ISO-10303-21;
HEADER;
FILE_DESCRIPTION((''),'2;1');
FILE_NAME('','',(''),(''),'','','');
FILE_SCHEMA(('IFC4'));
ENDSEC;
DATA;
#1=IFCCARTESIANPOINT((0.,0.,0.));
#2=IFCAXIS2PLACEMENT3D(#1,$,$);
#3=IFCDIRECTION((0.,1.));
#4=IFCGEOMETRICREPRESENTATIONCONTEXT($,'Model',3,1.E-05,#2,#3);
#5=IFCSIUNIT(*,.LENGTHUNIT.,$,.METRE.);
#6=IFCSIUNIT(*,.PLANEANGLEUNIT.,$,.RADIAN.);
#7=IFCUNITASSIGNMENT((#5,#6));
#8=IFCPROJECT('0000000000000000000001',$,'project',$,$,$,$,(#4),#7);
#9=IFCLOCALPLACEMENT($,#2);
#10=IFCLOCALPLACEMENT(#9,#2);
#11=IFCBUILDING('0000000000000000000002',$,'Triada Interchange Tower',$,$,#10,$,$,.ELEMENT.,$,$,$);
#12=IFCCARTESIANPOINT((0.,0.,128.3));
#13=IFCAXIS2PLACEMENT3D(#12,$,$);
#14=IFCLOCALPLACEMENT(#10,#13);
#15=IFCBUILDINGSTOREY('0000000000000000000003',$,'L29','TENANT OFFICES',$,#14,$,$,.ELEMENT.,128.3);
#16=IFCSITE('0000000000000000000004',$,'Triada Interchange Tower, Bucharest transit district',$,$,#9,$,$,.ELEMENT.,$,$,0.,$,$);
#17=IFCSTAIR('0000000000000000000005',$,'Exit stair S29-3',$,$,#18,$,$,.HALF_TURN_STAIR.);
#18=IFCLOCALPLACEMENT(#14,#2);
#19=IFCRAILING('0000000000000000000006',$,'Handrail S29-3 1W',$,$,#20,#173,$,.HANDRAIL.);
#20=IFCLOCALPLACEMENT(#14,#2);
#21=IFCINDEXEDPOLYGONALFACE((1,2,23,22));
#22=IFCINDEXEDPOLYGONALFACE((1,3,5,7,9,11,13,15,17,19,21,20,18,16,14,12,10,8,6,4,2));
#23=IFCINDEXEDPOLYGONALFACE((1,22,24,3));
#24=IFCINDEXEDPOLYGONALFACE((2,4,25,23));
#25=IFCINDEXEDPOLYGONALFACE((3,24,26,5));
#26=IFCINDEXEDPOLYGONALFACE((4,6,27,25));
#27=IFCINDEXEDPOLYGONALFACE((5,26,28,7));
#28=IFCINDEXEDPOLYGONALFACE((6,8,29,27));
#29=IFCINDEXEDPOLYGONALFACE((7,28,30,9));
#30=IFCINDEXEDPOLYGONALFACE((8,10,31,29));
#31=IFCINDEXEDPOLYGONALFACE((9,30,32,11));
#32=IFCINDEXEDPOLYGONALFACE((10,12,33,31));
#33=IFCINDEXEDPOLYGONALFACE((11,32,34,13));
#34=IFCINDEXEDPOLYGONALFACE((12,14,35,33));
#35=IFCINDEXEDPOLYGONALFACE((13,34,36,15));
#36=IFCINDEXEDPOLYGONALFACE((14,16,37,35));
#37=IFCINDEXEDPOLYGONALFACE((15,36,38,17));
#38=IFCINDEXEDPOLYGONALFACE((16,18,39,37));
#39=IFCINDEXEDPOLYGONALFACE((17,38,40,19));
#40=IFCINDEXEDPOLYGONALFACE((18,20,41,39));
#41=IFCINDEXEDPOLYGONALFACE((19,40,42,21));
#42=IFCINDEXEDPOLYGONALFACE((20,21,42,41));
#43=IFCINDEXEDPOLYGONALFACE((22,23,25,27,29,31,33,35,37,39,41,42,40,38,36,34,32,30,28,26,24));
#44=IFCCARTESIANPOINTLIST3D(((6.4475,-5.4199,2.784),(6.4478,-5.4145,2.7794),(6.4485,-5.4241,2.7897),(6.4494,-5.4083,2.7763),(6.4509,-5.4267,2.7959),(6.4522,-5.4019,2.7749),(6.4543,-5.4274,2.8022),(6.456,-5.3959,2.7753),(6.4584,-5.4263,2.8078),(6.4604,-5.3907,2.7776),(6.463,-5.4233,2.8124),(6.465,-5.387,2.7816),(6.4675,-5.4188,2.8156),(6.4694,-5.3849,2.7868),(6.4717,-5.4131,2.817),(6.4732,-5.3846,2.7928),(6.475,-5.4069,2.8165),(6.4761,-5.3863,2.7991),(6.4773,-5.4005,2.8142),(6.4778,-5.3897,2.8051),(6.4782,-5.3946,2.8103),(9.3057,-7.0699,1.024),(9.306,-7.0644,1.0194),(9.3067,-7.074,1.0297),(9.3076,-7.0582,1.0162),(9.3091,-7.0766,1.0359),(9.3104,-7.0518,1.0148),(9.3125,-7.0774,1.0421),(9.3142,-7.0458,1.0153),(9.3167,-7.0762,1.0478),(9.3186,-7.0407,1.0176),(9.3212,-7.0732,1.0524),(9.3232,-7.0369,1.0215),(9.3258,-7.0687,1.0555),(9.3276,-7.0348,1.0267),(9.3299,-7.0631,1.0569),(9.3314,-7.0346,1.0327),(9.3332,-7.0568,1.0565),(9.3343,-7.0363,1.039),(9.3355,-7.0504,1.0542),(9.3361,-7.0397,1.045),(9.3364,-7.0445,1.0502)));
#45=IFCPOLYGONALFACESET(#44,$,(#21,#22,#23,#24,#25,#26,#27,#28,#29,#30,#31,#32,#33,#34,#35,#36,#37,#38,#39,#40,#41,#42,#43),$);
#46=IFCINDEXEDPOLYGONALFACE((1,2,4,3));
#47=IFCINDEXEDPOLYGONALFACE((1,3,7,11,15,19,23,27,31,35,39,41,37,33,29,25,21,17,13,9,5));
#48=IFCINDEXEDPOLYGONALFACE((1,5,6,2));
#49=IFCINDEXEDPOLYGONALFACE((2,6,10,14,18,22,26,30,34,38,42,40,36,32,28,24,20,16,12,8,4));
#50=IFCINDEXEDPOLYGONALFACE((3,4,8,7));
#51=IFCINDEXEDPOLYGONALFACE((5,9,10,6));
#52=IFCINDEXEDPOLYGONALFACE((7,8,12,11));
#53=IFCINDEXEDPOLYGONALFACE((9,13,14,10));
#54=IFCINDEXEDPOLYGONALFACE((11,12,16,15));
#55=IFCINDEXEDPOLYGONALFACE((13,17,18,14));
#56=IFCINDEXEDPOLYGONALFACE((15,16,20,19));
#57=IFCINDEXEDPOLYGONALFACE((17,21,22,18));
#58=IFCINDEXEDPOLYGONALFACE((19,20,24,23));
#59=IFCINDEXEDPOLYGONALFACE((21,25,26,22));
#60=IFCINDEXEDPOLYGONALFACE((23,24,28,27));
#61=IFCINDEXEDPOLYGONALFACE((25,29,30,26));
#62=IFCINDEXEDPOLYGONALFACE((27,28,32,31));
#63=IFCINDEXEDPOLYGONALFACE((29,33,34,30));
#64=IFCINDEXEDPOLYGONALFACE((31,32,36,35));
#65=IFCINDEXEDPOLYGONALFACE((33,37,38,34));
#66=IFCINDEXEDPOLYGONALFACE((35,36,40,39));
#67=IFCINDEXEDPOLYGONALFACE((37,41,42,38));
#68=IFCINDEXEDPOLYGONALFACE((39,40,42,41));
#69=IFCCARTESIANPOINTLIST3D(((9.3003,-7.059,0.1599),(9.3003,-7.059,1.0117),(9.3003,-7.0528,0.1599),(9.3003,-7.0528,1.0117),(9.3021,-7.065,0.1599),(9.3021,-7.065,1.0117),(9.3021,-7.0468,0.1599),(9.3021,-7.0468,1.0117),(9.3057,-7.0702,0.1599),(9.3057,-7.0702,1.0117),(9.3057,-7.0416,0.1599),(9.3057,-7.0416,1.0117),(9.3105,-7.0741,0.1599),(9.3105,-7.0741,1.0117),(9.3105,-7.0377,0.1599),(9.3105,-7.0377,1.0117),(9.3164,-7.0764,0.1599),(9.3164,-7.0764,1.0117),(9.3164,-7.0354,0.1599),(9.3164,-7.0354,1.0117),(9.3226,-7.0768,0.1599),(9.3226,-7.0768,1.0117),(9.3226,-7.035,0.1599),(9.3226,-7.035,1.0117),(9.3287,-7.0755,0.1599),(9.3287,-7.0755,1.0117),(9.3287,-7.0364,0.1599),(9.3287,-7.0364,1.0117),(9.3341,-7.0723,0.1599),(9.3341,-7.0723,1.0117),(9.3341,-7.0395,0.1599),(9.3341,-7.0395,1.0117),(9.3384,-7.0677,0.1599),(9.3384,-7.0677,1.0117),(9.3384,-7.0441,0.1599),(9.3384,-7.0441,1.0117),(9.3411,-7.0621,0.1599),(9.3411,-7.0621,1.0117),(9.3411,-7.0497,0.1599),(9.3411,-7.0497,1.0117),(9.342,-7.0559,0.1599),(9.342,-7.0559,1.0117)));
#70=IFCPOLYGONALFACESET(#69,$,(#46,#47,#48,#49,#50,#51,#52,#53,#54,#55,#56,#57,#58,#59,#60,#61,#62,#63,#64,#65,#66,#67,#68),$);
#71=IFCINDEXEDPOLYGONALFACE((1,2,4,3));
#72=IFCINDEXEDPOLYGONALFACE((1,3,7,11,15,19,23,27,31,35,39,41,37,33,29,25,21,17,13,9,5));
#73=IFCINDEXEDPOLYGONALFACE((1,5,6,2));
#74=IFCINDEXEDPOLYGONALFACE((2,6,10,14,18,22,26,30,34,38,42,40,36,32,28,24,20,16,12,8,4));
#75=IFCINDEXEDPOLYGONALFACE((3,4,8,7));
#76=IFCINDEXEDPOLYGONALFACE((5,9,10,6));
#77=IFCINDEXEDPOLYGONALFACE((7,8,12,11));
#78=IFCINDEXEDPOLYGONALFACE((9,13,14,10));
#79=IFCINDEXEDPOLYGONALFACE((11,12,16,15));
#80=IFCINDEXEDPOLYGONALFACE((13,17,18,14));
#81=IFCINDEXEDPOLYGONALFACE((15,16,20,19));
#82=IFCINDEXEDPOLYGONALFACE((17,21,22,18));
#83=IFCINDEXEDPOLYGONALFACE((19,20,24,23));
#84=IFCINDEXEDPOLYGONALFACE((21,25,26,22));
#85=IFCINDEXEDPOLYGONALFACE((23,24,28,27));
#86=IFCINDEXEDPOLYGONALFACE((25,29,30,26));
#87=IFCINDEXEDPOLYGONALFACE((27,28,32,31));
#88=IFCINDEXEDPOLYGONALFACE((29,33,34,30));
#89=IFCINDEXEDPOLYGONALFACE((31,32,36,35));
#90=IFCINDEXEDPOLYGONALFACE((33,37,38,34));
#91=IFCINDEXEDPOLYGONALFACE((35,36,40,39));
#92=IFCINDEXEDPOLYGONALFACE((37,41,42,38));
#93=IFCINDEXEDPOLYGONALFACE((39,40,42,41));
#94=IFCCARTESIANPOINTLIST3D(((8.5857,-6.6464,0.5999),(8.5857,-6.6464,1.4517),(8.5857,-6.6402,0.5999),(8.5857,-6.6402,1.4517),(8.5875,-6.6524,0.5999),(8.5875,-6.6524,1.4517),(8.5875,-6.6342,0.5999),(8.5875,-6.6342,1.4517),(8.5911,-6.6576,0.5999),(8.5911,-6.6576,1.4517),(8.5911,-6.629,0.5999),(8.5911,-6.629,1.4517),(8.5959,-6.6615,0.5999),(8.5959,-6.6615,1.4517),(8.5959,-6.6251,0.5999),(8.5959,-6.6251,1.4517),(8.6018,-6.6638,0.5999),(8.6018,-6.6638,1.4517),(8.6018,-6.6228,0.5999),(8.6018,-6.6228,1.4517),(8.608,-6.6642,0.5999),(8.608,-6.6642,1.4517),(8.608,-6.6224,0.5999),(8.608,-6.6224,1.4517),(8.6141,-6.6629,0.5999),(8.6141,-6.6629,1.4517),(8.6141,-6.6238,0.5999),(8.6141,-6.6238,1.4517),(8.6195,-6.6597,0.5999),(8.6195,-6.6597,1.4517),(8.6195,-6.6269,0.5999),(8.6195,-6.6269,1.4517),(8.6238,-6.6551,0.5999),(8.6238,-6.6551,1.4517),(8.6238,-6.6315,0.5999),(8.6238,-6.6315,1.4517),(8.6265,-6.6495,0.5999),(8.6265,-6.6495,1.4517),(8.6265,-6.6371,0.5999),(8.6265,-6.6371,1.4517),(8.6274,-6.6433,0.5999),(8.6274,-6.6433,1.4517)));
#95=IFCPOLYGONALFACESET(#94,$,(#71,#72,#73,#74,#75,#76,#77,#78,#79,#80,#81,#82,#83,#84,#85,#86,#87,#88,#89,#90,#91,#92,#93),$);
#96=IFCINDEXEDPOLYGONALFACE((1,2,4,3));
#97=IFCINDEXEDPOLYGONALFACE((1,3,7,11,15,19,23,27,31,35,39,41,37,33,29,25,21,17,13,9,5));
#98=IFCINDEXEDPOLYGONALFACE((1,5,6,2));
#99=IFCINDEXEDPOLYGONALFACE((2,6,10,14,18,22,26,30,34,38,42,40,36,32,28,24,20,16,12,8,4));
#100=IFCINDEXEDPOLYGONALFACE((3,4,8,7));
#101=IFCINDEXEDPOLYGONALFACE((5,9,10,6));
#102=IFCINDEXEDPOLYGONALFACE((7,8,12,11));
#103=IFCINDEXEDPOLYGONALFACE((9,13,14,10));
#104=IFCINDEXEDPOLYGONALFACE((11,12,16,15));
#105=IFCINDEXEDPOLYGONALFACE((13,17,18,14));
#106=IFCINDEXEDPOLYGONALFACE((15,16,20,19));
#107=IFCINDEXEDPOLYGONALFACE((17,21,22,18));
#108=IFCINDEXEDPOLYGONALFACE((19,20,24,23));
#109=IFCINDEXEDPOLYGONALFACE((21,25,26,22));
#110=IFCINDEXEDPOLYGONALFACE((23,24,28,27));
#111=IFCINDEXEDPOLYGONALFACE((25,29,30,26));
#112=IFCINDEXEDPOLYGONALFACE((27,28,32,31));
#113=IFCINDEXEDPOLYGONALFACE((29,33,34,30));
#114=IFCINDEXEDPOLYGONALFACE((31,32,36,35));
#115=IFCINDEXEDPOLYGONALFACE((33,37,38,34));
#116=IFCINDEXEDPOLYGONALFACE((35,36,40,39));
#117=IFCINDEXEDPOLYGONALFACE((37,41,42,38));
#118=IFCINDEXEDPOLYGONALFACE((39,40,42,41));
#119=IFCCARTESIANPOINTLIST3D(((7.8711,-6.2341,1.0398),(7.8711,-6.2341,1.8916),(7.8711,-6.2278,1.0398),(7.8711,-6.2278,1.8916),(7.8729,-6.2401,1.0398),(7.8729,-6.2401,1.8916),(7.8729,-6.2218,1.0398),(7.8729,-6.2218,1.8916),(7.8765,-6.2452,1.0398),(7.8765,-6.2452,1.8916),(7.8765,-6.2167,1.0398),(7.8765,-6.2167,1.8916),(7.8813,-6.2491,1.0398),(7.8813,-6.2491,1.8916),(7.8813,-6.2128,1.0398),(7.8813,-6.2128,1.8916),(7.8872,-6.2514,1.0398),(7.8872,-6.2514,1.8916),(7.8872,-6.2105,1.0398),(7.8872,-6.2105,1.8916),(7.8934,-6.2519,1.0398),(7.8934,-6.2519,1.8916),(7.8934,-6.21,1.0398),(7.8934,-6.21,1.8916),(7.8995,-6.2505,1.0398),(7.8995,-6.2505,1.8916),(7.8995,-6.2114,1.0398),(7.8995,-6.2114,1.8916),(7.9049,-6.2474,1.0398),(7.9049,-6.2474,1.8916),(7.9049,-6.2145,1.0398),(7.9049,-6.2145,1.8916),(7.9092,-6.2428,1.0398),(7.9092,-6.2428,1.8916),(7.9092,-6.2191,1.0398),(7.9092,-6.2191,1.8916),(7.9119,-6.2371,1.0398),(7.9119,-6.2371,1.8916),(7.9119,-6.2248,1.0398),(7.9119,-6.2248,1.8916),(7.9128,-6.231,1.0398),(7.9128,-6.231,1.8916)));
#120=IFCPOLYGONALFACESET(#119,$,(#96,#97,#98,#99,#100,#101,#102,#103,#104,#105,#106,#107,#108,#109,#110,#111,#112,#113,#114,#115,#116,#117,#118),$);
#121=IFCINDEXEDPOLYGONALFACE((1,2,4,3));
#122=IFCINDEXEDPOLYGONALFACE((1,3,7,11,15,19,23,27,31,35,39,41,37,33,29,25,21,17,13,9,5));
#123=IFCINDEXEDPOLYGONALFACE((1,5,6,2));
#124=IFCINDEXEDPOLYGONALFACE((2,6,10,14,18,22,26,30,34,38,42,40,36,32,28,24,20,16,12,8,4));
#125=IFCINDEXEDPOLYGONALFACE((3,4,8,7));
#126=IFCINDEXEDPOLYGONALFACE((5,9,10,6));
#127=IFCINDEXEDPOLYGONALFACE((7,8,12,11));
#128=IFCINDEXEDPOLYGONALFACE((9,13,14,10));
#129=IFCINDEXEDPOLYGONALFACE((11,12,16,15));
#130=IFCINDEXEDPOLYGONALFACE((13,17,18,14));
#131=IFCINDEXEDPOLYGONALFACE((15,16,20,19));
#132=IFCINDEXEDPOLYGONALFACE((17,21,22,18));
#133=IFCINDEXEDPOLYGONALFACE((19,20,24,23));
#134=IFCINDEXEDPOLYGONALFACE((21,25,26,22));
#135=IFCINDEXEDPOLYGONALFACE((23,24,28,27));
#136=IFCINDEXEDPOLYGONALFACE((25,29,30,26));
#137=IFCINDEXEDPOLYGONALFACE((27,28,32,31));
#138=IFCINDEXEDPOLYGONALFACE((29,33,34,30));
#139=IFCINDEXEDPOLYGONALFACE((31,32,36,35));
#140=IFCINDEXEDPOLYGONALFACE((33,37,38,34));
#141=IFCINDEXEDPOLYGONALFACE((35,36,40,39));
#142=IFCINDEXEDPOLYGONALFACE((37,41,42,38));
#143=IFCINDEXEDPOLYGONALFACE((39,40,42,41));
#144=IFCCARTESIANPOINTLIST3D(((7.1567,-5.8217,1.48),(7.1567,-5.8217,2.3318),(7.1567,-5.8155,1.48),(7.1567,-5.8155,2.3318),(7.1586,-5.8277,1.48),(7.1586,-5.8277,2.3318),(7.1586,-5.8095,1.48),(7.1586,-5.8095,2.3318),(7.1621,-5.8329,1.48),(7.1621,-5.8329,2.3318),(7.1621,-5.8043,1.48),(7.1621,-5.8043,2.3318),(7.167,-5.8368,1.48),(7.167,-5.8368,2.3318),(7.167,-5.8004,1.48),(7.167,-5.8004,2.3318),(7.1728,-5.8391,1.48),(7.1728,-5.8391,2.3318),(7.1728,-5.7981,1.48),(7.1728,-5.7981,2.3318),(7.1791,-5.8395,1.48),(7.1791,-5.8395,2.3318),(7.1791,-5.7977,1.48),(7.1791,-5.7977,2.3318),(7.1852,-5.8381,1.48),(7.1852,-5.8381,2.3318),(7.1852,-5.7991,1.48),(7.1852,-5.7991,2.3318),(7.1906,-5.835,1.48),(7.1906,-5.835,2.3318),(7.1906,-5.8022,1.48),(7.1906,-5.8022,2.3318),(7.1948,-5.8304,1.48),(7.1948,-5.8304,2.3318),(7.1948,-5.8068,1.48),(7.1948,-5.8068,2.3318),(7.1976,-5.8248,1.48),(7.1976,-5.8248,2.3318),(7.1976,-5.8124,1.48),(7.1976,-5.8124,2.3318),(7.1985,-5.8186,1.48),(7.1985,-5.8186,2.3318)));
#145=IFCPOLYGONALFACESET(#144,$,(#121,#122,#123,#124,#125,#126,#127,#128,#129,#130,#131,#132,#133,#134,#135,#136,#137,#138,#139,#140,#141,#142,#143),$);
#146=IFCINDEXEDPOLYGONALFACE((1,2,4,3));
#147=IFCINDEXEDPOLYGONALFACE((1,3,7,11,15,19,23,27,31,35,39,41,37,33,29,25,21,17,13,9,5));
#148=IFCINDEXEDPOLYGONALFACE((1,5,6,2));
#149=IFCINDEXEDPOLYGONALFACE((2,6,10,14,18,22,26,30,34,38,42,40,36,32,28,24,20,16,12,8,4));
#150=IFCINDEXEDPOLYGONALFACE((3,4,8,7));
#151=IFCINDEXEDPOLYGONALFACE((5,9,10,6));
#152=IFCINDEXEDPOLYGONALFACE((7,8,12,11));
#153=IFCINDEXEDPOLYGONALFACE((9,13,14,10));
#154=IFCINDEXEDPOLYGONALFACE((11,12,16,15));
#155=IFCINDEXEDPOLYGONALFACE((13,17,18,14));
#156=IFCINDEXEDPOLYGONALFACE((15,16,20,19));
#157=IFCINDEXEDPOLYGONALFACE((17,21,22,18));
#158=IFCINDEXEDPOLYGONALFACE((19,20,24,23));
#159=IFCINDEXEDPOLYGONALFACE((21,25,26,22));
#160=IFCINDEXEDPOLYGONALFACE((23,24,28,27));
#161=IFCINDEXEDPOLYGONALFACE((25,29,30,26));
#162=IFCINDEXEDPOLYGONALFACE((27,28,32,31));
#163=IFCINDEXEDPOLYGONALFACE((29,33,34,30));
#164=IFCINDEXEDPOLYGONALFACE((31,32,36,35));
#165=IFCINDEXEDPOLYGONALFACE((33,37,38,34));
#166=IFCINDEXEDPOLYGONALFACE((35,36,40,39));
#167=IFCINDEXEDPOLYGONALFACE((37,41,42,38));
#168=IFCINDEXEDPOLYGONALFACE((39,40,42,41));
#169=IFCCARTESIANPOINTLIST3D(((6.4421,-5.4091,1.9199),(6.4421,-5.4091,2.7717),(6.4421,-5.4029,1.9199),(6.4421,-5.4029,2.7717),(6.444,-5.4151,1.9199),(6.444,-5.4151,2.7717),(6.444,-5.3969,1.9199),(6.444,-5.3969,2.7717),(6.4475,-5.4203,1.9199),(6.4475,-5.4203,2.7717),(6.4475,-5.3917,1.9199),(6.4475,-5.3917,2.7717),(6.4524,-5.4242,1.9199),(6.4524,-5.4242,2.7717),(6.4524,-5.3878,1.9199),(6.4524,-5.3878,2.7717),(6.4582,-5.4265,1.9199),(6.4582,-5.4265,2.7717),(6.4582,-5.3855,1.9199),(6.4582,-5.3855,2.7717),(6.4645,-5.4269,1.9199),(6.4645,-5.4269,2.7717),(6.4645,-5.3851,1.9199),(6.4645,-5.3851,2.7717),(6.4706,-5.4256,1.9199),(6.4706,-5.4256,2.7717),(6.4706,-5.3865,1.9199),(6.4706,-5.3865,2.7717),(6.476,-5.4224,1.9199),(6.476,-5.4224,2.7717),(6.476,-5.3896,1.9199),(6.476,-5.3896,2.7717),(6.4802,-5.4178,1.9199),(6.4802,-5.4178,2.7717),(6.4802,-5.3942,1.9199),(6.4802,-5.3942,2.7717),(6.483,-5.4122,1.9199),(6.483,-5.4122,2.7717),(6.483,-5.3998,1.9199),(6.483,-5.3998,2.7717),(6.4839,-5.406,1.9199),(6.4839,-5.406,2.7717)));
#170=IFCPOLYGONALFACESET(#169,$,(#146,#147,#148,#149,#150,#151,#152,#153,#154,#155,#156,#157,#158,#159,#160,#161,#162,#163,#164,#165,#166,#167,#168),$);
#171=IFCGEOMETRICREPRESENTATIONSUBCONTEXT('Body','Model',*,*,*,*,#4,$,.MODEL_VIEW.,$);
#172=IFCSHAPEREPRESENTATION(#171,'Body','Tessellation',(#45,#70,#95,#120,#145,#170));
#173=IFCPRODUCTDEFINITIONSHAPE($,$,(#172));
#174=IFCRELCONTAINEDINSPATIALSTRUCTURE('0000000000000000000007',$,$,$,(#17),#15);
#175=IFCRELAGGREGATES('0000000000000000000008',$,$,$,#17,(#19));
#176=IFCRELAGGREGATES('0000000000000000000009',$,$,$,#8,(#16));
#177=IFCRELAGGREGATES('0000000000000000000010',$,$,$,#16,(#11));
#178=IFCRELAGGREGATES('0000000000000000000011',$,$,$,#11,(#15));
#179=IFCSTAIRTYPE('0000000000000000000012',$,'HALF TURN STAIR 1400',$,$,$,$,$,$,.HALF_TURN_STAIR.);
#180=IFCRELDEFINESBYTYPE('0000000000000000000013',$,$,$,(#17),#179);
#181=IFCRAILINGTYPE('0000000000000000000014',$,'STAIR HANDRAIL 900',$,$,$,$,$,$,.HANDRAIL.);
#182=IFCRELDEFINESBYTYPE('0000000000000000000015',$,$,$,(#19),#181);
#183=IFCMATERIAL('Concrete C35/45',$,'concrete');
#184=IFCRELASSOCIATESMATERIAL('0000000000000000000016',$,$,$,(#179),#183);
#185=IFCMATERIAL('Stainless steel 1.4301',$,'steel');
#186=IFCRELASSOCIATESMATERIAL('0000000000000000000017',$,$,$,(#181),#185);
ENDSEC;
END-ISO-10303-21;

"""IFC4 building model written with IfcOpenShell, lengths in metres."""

from ifc_helpers import new_model, si_unit, direction, frame, origin, origin_2d, place, context, subcontext, project, spatial, circle, extrude, material, type_object, element, aggregate, save


model = new_model("IFC4")

# Units and contexts
model_context = context("Model", 3, precision=1e-05, world=origin(), true_north=direction((0.0, 1.0)))
body_context = subcontext(model_context, "Body", "Model", "MODEL_VIEW")
ifc_project = project(units=[si_unit("LENGTHUNIT", "METRE"), si_unit("PLANEANGLEUNIT", "RADIAN")], contexts=[model_context])

# Site, building, storey
site_placement = place(None, origin())
site = spatial("IfcSite", under=ifc_project, at=site_placement, Name="Triada Interchange Tower, Bucharest transit district", CompositionType="ELEMENT", RefElevation=0.0)
building_placement = place(site_placement, origin())
building = spatial("IfcBuilding", under=site, at=building_placement, Name="Triada Interchange Tower", CompositionType="ELEMENT")
storey_placement = place(building_placement, frame((0.0, 0.0, 128.3)))
storey = spatial("IfcBuildingStorey", under=building, at=storey_placement, Name="L29", Description="TENANT OFFICES", CompositionType="ELEMENT", Elevation=128.3)

# Stair, railing
ifc_material_1 = material(Name="Concrete C35/45", Category="concrete")
stair_type = type_object("IfcStairType", Name="HALF TURN STAIR 1400", PredefinedType="HALF_TURN_STAIR", material=ifc_material_1)
stair_placement = place(storey_placement, origin())
stair = element("IfcStair", 1, at=stair_placement, inside=storey, type_object=stair_type, Name="Exit stair S29-3", PredefinedType="HALF_TURN_STAIR")
ifc_material_2 = material(Name="Stainless steel 1.4301", Category="steel")
railing_type = type_object("IfcRailingType", Name="STAIR HANDRAIL 900", PredefinedType="HANDRAIL", material=ifc_material_2)
railing_1_placement = place(storey_placement, frame((9.321, -7.0559, 0.1599)))
railing_1 = element("IfcRailing", 2, at=railing_1_placement, type_object=railing_type, Name="Handrail S29-3 1W", PredefinedType="HANDRAIL", context=body_context, shape_type="SweptSolid", body=[
    extrude(circle(Radius=0.0239, at=origin_2d()), frame((0.0, 0.0, 0.876), z_axis=(-0.764178, 0.441131, 0.47057), x_axis=(-0.499942, -0.866059, 0.0)), (0.0, 0.0, 1.0), 3.7402),
    extrude(circle(Radius=0.021, at=origin_2d()), origin(), (0.0, 0.0, 1.0), 0.8518),
    extrude(circle(Radius=0.021, at=origin_2d()), frame((-0.7146, 0.4126, 0.4399)), (0.0, 0.0, 1.0), 0.8518),
    extrude(circle(Radius=0.021, at=origin_2d()), frame((-1.4292, 0.825, 0.8799)), (0.0, 0.0, 1.0), 0.8518),
    extrude(circle(Radius=0.021, at=origin_2d()), frame((-2.1436, 1.2373, 1.3201)), (0.0, 0.0, 1.0), 0.8518),
    extrude(circle(Radius=0.021, at=origin_2d()), frame((-2.8582, 1.6499, 1.76)), (0.0, 0.0, 1.0), 0.8518),
])
aggregate(stair, [railing_1])

save(model, "model.ifc")
